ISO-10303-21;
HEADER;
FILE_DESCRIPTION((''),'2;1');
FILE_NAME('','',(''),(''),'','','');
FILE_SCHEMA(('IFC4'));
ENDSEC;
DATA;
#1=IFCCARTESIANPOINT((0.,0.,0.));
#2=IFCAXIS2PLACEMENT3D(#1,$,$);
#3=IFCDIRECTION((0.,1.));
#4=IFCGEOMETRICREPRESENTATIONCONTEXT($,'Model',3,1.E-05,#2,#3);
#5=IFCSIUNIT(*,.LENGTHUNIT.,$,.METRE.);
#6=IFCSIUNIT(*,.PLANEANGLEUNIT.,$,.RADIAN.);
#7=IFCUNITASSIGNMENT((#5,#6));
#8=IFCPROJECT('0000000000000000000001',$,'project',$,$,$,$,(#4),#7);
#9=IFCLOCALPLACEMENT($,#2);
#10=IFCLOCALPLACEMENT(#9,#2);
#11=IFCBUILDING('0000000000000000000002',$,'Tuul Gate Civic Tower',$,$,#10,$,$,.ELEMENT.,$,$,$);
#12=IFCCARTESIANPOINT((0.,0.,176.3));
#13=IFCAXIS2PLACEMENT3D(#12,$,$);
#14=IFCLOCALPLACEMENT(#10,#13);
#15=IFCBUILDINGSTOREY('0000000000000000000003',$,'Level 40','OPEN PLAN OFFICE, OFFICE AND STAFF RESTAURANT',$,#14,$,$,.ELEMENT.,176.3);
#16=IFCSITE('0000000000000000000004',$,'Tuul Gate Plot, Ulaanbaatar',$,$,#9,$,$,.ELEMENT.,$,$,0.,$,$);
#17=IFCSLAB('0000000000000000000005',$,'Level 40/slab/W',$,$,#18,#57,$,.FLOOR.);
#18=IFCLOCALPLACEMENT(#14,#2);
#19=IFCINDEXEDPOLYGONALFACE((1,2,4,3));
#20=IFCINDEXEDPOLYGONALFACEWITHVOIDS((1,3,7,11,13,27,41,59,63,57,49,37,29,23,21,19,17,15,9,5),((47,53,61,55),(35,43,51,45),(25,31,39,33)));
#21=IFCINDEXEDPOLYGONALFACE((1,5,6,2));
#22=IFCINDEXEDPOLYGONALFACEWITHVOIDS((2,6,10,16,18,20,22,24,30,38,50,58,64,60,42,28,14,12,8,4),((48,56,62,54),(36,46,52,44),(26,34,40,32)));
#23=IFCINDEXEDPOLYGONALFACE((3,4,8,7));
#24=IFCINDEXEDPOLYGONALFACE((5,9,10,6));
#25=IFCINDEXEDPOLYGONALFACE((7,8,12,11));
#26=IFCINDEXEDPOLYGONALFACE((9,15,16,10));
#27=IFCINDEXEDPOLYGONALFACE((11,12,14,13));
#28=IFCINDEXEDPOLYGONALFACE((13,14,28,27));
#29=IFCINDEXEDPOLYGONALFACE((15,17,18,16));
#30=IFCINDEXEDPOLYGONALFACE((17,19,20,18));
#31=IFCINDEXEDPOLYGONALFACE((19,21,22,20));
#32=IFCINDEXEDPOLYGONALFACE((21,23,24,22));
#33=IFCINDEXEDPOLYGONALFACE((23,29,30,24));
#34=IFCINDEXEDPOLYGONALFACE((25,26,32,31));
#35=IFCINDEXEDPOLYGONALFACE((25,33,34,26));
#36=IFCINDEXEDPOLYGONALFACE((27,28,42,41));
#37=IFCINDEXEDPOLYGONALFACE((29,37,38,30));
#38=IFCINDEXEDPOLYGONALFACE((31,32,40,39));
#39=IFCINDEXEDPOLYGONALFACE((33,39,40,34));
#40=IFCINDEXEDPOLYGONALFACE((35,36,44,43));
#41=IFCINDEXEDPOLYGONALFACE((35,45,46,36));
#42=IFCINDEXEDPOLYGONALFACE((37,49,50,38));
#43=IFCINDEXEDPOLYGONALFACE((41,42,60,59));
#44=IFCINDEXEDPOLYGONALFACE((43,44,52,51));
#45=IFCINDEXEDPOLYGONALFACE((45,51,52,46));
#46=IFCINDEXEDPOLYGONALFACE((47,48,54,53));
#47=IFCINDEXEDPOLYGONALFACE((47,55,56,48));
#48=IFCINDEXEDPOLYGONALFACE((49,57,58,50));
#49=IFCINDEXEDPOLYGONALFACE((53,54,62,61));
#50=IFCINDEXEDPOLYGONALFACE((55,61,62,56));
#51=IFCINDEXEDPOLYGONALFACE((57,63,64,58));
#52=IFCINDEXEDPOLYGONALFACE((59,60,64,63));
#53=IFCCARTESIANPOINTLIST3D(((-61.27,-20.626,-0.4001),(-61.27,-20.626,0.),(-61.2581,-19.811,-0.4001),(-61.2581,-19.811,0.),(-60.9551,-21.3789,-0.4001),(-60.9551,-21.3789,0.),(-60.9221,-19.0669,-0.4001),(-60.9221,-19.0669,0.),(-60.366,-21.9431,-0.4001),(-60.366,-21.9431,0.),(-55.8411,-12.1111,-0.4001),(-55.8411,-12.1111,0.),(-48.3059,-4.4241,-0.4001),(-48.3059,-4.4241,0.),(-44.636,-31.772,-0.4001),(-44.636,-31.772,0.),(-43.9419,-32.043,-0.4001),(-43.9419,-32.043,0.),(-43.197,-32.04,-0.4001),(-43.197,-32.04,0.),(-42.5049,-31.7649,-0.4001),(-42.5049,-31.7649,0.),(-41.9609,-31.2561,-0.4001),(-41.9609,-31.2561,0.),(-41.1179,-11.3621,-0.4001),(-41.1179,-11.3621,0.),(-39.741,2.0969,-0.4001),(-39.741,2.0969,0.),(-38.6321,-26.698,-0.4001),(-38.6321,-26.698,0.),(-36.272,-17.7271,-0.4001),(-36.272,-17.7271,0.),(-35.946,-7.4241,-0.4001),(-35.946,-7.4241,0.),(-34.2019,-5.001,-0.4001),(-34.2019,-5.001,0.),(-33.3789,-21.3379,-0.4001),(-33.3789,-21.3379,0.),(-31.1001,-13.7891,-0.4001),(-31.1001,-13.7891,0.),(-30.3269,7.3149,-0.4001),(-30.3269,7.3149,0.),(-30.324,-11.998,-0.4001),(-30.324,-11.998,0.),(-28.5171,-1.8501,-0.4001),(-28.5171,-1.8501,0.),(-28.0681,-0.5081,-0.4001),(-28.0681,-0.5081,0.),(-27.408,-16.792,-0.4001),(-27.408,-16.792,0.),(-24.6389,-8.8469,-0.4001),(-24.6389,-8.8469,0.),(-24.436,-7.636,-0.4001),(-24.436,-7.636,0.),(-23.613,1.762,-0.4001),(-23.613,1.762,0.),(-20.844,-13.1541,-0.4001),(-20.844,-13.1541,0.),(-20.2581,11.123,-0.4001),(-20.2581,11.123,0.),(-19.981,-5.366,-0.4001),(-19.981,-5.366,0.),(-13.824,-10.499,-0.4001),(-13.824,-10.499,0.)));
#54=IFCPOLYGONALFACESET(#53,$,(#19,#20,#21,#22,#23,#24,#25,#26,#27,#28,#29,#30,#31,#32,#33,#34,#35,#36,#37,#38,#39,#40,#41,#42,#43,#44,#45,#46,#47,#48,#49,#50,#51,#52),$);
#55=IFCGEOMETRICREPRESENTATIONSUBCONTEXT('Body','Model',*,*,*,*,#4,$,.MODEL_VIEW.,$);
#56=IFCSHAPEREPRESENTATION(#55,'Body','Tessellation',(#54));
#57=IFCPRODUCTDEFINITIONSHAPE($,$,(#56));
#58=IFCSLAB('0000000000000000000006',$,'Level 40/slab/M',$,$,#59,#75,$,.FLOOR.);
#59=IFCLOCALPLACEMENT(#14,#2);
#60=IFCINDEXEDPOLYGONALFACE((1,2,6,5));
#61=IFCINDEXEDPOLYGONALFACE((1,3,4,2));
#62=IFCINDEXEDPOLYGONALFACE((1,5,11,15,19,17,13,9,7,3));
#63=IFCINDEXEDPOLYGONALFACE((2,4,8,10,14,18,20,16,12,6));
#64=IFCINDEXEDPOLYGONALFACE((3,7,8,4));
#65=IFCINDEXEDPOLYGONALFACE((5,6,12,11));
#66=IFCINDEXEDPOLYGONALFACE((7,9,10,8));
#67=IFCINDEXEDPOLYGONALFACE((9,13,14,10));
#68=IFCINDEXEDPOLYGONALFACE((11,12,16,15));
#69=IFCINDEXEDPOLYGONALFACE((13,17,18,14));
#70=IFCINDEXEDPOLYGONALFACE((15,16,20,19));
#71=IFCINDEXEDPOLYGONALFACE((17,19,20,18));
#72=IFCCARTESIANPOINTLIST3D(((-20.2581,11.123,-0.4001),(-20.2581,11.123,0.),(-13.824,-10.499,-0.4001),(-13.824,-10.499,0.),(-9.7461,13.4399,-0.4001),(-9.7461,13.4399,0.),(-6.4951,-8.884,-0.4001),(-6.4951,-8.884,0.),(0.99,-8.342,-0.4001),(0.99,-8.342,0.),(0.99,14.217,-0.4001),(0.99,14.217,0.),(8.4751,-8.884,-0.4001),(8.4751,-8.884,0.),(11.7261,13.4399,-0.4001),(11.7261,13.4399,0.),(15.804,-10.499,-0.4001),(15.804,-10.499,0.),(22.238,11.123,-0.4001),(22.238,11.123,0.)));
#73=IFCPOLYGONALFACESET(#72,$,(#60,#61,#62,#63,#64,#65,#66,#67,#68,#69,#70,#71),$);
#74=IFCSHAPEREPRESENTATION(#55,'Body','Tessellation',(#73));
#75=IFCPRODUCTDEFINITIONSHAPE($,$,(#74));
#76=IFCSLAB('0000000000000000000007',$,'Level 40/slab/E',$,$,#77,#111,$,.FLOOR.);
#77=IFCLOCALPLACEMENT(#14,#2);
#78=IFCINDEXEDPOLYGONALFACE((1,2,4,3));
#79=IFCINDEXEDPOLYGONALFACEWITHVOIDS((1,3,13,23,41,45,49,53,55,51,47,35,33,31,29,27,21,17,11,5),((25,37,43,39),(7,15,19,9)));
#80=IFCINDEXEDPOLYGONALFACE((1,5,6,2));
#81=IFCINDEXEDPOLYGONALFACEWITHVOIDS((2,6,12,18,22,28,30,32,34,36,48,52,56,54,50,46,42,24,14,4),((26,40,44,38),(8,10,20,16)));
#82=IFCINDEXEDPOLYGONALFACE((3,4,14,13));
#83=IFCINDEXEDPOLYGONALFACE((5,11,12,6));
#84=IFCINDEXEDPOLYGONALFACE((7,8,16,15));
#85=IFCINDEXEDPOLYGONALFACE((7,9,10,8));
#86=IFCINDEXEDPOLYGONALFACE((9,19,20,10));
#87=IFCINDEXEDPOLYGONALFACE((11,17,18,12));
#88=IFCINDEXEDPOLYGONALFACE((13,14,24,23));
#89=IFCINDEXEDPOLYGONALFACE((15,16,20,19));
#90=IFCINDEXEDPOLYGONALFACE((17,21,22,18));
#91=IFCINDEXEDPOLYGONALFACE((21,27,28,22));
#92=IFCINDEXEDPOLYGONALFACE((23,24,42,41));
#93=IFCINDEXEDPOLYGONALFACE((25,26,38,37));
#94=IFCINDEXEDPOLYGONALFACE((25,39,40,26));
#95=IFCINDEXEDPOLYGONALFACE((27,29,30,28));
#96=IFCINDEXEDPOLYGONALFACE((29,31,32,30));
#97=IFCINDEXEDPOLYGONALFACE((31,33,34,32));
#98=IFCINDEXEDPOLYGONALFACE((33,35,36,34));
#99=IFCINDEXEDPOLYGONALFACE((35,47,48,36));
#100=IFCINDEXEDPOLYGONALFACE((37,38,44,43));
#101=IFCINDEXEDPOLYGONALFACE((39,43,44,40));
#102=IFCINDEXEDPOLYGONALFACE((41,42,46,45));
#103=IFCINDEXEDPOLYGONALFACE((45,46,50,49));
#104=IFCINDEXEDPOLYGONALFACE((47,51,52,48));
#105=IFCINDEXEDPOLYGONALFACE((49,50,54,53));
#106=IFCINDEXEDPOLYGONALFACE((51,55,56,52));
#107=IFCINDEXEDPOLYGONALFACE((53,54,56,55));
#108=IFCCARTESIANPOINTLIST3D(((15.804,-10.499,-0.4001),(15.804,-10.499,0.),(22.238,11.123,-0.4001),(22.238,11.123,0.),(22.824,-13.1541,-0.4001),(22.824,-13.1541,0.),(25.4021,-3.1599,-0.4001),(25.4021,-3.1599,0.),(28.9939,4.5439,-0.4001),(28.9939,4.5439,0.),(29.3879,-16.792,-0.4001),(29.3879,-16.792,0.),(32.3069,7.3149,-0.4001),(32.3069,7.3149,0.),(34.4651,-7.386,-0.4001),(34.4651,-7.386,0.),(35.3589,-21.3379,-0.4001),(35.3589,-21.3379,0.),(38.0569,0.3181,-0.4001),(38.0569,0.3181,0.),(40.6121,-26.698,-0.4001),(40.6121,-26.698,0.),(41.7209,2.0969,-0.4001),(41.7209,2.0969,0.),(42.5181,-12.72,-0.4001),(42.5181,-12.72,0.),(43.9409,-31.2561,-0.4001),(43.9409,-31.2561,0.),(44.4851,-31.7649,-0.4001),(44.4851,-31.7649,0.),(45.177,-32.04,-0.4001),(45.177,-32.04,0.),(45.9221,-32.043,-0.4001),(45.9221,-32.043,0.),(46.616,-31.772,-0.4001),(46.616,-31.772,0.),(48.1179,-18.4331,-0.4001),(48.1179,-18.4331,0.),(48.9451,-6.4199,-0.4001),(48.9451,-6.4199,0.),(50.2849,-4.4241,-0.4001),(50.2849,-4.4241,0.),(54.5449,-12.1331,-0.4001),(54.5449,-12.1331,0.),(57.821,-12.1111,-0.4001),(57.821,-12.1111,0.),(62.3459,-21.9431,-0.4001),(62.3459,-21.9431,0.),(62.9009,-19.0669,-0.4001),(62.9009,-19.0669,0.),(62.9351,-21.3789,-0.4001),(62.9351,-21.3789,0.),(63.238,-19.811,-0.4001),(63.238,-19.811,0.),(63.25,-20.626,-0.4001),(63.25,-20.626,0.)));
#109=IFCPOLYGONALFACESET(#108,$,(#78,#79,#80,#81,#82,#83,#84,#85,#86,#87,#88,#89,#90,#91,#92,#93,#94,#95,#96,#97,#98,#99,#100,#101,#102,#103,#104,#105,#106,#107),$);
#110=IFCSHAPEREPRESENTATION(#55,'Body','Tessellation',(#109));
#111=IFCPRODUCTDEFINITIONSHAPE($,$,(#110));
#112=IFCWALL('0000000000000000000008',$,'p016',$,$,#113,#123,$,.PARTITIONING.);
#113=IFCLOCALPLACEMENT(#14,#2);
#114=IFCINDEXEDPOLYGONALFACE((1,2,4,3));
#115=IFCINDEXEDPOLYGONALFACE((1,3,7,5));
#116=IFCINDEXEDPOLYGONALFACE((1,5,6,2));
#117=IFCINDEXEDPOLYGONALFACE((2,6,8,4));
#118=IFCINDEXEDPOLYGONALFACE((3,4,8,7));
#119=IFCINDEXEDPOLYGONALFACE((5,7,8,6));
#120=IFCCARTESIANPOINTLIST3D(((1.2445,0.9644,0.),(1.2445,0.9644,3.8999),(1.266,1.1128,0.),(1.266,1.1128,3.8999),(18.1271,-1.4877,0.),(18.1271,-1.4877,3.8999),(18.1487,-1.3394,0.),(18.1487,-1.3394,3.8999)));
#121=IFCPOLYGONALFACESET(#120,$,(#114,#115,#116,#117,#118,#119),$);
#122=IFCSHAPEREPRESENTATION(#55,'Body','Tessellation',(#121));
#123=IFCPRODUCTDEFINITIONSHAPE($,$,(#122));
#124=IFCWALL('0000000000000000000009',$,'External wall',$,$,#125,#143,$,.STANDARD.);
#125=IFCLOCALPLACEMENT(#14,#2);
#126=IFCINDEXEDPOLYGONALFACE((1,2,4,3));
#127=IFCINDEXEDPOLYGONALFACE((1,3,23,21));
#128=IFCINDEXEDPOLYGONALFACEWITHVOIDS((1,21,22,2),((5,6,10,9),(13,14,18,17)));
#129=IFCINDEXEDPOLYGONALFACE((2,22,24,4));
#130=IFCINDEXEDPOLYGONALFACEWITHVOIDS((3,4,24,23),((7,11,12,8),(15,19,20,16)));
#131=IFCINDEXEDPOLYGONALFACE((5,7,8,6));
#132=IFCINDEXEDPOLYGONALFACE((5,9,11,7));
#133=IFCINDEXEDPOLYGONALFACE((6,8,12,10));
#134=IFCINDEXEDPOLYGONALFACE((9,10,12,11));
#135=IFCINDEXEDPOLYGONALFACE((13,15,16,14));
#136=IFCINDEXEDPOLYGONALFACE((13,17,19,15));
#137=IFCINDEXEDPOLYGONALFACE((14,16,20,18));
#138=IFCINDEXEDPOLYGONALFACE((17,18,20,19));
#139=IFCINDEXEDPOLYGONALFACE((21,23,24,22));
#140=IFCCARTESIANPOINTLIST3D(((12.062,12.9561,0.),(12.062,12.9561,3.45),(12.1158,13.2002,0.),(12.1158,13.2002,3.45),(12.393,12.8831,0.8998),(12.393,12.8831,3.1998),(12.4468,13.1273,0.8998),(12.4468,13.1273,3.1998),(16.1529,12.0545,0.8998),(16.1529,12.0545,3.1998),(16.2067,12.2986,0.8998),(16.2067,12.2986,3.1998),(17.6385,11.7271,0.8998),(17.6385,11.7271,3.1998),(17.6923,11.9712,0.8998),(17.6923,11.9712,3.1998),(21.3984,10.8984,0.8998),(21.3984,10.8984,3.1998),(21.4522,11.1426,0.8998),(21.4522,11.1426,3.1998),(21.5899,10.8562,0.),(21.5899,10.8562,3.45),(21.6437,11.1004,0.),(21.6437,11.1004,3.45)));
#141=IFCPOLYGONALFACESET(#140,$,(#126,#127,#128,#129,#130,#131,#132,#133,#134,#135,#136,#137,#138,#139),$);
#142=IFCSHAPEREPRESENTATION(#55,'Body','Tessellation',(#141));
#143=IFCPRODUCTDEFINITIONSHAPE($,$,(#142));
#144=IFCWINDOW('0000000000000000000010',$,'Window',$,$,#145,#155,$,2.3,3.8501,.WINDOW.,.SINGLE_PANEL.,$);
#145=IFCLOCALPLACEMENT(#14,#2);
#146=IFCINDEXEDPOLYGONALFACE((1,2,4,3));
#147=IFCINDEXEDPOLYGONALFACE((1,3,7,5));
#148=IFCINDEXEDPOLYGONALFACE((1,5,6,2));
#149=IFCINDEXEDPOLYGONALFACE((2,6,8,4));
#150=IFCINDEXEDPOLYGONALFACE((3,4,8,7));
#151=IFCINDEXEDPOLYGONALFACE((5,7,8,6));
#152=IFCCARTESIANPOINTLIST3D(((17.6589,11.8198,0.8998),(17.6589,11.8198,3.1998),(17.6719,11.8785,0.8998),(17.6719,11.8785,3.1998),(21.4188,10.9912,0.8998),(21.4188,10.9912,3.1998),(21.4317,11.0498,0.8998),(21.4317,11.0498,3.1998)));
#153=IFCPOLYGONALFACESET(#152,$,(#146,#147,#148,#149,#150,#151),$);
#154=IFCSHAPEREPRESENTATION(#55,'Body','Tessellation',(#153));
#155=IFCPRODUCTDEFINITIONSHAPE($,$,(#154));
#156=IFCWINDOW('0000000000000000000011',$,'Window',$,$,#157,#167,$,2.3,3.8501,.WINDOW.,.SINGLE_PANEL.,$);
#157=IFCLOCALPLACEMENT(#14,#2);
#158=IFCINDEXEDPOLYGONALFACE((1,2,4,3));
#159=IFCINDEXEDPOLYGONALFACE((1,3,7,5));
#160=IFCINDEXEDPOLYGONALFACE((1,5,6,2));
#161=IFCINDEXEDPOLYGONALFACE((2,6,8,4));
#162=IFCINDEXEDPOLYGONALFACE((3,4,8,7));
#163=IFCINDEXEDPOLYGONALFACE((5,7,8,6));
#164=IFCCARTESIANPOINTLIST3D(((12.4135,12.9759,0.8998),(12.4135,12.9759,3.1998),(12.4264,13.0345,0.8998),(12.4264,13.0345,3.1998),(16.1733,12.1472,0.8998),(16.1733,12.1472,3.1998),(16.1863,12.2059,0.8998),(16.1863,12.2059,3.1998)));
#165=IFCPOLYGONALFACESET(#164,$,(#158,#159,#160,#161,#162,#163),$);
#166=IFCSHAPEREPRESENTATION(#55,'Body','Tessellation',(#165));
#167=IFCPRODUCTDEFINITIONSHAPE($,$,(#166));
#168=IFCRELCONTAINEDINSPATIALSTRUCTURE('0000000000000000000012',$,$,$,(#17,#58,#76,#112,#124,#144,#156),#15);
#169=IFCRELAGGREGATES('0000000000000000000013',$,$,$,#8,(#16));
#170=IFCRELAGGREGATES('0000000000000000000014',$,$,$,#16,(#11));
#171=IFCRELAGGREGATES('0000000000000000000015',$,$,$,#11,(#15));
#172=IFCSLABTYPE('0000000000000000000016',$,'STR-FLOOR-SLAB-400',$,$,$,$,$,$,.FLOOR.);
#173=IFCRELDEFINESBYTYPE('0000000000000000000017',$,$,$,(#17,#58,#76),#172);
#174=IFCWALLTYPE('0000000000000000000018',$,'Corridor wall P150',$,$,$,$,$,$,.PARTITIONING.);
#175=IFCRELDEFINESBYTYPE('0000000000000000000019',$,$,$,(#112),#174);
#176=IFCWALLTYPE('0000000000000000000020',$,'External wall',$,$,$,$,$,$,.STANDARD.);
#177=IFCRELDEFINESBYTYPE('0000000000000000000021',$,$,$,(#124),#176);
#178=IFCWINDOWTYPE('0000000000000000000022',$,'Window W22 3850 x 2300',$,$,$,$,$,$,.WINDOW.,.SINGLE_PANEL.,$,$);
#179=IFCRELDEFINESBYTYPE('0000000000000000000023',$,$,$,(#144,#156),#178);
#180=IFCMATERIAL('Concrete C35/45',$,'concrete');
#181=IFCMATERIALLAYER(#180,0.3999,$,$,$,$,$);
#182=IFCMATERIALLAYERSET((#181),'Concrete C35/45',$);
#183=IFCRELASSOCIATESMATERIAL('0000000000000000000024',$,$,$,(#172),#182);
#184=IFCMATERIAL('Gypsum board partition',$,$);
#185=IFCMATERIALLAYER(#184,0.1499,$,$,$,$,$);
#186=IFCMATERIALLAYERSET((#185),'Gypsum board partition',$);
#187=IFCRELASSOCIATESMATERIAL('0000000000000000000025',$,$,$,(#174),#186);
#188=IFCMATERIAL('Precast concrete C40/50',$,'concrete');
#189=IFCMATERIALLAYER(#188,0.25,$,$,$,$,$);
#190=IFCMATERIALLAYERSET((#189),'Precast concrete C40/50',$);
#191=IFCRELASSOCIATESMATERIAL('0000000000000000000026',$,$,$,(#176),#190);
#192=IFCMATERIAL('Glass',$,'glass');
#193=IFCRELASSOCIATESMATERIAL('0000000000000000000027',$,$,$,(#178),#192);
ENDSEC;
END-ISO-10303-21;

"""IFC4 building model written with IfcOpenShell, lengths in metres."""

from ifc_helpers import new_model, si_unit, direction, frame, frame_2d, origin, place, context, subcontext, project, spatial, polyline, rectangle, outline, extrude, material, layer, layer_set, type_object, element, fill, save


model = new_model("IFC4")

# Units and contexts
model_context = context("Model", 3, precision=1e-05, world=origin(), true_north=direction((0.0, 1.0)))
body_context = subcontext(model_context, "Body", "Model", "MODEL_VIEW")
ifc_project = project(units=[si_unit("LENGTHUNIT", "METRE"), si_unit("PLANEANGLEUNIT", "RADIAN")], contexts=[model_context])

# Site, building, storey
site_placement = place(None, origin())
site = spatial("IfcSite", under=ifc_project, at=site_placement, Name="Tuul Gate Plot, Ulaanbaatar", CompositionType="ELEMENT", RefElevation=0.0)
building_placement = place(site_placement, origin())
building = spatial("IfcBuilding", under=site, at=building_placement, Name="Tuul Gate Civic Tower", CompositionType="ELEMENT")
storey_placement = place(building_placement, frame((0.0, 0.0, 176.3)))
storey = spatial("IfcBuildingStorey", under=building, at=storey_placement, Name="Level 40", Description="OPEN PLAN OFFICE, OFFICE AND STAFF RESTAURANT", CompositionType="ELEMENT", Elevation=176.3)

# Slabs
ifc_material_1 = material(Name="Concrete C35/45", Category="concrete")
ifc_layer_1 = layer(ifc_material_1, 0.3999)
ifc_layer_set_1 = layer_set([ifc_layer_1], Name="Concrete C35/45")
slab_type_1 = type_object("IfcSlabType", Name="STR-FLOOR-SLAB-400", PredefinedType="FLOOR", material=ifc_layer_set_1)
slab_1_placement = place(storey_placement, frame((0.0, 0.0, -0.4001)))
element("IfcSlab", 1, at=slab_1_placement, inside=storey, type_object=slab_type_1, Name="Level 40/slab/W", PredefinedType="FLOOR", context=body_context, shape_type="SweptSolid", body=[
    extrude(outline(polyline([(-20.844, -13.1541), (-13.824, -10.499), (-20.2581, 11.123), (-30.3269, 7.3149), (-39.741, 2.0969), (-48.3059, -4.4241), (-55.8411, -12.1111), (-60.9221, -19.0669), (-61.2581, -19.811), (-61.27, -20.626), (-60.9551, -21.3789), (-60.366, -21.9431), (-44.636, -31.772), (-43.9419, -32.043), (-43.197, -32.04), (-42.5049, -31.7649), (-41.9609, -31.2561), (-38.6321, -26.698), (-33.3789, -21.3379), (-27.408, -16.792), (-20.844, -13.1541)]), holes=[polyline([(-31.1001, -13.7891), (-36.272, -17.7271), (-41.1179, -11.3621), (-35.946, -7.4241), (-31.1001, -13.7891)]), polyline([(-24.6389, -8.8469), (-30.324, -11.998), (-34.2019, -5.001), (-28.5171, -1.8501), (-24.6389, -8.8469)]), polyline([(-24.436, -7.636), (-28.0681, -0.5081), (-23.613, 1.762), (-19.981, -5.366), (-24.436, -7.636)])]), origin(), (0.0, 0.0, 1.0), 0.4001),
])
slab_2_placement = place(storey_placement, frame((0.0, 0.0, -0.4001)))
element("IfcSlab", 2, at=slab_2_placement, inside=storey, type_object=slab_type_1, Name="Level 40/slab/M", PredefinedType="FLOOR", context=body_context, shape_type="SweptSolid", body=[
    extrude(outline(polyline([(15.804, -10.499), (22.238, 11.123), (11.7261, 13.4399), (0.99, 14.217), (-9.7461, 13.4399), (-20.2581, 11.123), (-13.824, -10.499), (-6.4951, -8.884), (0.99, -8.342), (8.4751, -8.884), (15.804, -10.499)])), origin(), (0.0, 0.0, 1.0), 0.4001),
])
slab_3_placement = place(storey_placement, frame((0.0, 0.0, -0.4001)))
element("IfcSlab", 3, at=slab_3_placement, inside=storey, type_object=slab_type_1, Name="Level 40/slab/E", PredefinedType="FLOOR", context=body_context, shape_type="SweptSolid", body=[
    extrude(outline(polyline([(45.9221, -32.043), (46.616, -31.772), (62.3459, -21.9431), (62.9351, -21.3789), (63.25, -20.626), (63.238, -19.811), (62.9009, -19.0669), (57.821, -12.1111), (50.2849, -4.4241), (41.7209, 2.0969), (32.3069, 7.3149), (22.238, 11.123), (15.804, -10.499), (22.824, -13.1541), (29.3879, -16.792), (35.3589, -21.3379), (40.6121, -26.698), (43.9409, -31.2561), (44.4851, -31.7649), (45.177, -32.04), (45.9221, -32.043)]), holes=[polyline([(48.1179, -18.4331), (42.5181, -12.72), (48.9451, -6.4199), (54.5449, -12.1331), (48.1179, -18.4331)]), polyline([(25.4021, -3.1599), (28.9939, 4.5439), (38.0569, 0.3181), (34.4651, -7.386), (25.4021, -3.1599)])]), origin(), (0.0, 0.0, 1.0), 0.4001),
])

# Wall
ifc_material_2 = material(Name="Gypsum board partition")
ifc_layer_2 = layer(ifc_material_2, 0.1499)
ifc_layer_set_2 = layer_set([ifc_layer_2], Name="Gypsum board partition")
wall_type_1 = type_object("IfcWallType", Name="Corridor wall P150", PredefinedType="PARTITIONING", material=ifc_layer_set_2)
wall_1_placement = place(storey_placement, frame((1.2554, 1.0386, 0.0), z_axis=(0.0, 0.0, 1.0), x_axis=(0.989616, -0.143739, 0.0)))
element("IfcWall", 4, at=wall_1_placement, inside=storey, type_object=wall_type_1, Name="p016", PredefinedType="PARTITIONING", context=body_context, shape_type="SweptSolid", body=[
    extrude(rectangle(XDim=17.0598, YDim=0.1499, at=frame_2d((8.5298, 0.0))), origin(), (0.0, 0.0, 1.0), 3.8999),
])

# Wall, openings, windows
ifc_material_3 = material(Name="Precast concrete C40/50", Category="concrete")
ifc_layer_3 = layer(ifc_material_3, 0.25)
ifc_layer_set_3 = layer_set([ifc_layer_3], Name="Precast concrete C40/50")
wall_type_2 = type_object("IfcWallType", Name="External wall", PredefinedType="STANDARD", material=ifc_layer_set_3)
wall_2_placement = place(storey_placement, frame((21.6169, 10.9783, 0.0), z_axis=(0.0, 0.0, 1.0), x_axis=(-0.976564, 0.215226, 0.0)))
wall_2 = element("IfcWall", 5, at=wall_2_placement, inside=storey, type_object=wall_type_2, Name="External wall", PredefinedType="STANDARD", context=body_context, shape_type="SweptSolid", body=[
    extrude(rectangle(XDim=9.7566, YDim=0.25, at=frame_2d((4.8784, 0.0))), origin(), (0.0, 0.0, 1.0), 3.45),
])
opening_1_placement = place(wall_2_placement, frame((0.1963, 0.0, 0.8999)))
opening_1 = element("IfcOpeningElement", 6, at=opening_1_placement, cuts=wall_2, PredefinedType="OPENING", context=body_context, shape_type="SweptSolid", body=[
    extrude(rectangle(XDim=3.8501, YDim=2.3, at=frame_2d((1.925, 1.1499))), frame((0.0, 0.135, 0.0), z_axis=(0.0, -1.0, 0.0), x_axis=(1.0, 0.0, 0.0)), (0.0, 0.0, 1.0), 0.27),
])
opening_2_placement = place(wall_2_placement, frame((5.5676, 0.0, 0.8999)))
opening_2 = element("IfcOpeningElement", 7, at=opening_2_placement, cuts=wall_2, PredefinedType="OPENING", context=body_context, shape_type="SweptSolid", body=[
    extrude(rectangle(XDim=3.8501, YDim=2.3, at=frame_2d((1.925, 1.1499))), frame((0.0, 0.135, 0.0), z_axis=(0.0, -1.0, 0.0), x_axis=(1.0, 0.0, 0.0)), (0.0, 0.0, 1.0), 0.27),
])
ifc_material_4 = material(Name="Glass", Category="glass")
window_type = type_object("IfcWindowType", Name="Window W22 3850 x 2300", PartitioningType="SINGLE_PANEL", PredefinedType="WINDOW", material=ifc_material_4)
window_1_placement = place(opening_1_placement, origin())
window_1 = element("IfcWindow", 8, at=window_1_placement, inside=storey, type_object=window_type, Name="Window", OverallHeight=2.3, OverallWidth=3.8501, PartitioningType="SINGLE_PANEL", PredefinedType="WINDOW", context=body_context, shape_type="SweptSolid", body=[
    extrude(rectangle(XDim=3.8501, YDim=2.3, at=frame_2d((1.925, 1.1499))), frame((0.0, 0.03, 0.0), z_axis=(0.0, -1.0, 0.0), x_axis=(1.0, 0.0, 0.0)), (0.0, 0.0, 1.0), 0.0601),
])
fill(opening_1, window_1)
window_2_placement = place(opening_2_placement, origin())
window_2 = element("IfcWindow", 9, at=window_2_placement, inside=storey, type_object=window_type, Name="Window", OverallHeight=2.3, OverallWidth=3.8501, PartitioningType="SINGLE_PANEL", PredefinedType="WINDOW", context=body_context, shape_type="SweptSolid", body=[
    extrude(rectangle(XDim=3.8501, YDim=2.3, at=frame_2d((1.925, 1.1499))), frame((0.0, 0.03, 0.0), z_axis=(0.0, -1.0, 0.0), x_axis=(1.0, 0.0, 0.0)), (0.0, 0.0, 1.0), 0.0601),
])
fill(opening_2, window_2)

save(model, "model.ifc")
